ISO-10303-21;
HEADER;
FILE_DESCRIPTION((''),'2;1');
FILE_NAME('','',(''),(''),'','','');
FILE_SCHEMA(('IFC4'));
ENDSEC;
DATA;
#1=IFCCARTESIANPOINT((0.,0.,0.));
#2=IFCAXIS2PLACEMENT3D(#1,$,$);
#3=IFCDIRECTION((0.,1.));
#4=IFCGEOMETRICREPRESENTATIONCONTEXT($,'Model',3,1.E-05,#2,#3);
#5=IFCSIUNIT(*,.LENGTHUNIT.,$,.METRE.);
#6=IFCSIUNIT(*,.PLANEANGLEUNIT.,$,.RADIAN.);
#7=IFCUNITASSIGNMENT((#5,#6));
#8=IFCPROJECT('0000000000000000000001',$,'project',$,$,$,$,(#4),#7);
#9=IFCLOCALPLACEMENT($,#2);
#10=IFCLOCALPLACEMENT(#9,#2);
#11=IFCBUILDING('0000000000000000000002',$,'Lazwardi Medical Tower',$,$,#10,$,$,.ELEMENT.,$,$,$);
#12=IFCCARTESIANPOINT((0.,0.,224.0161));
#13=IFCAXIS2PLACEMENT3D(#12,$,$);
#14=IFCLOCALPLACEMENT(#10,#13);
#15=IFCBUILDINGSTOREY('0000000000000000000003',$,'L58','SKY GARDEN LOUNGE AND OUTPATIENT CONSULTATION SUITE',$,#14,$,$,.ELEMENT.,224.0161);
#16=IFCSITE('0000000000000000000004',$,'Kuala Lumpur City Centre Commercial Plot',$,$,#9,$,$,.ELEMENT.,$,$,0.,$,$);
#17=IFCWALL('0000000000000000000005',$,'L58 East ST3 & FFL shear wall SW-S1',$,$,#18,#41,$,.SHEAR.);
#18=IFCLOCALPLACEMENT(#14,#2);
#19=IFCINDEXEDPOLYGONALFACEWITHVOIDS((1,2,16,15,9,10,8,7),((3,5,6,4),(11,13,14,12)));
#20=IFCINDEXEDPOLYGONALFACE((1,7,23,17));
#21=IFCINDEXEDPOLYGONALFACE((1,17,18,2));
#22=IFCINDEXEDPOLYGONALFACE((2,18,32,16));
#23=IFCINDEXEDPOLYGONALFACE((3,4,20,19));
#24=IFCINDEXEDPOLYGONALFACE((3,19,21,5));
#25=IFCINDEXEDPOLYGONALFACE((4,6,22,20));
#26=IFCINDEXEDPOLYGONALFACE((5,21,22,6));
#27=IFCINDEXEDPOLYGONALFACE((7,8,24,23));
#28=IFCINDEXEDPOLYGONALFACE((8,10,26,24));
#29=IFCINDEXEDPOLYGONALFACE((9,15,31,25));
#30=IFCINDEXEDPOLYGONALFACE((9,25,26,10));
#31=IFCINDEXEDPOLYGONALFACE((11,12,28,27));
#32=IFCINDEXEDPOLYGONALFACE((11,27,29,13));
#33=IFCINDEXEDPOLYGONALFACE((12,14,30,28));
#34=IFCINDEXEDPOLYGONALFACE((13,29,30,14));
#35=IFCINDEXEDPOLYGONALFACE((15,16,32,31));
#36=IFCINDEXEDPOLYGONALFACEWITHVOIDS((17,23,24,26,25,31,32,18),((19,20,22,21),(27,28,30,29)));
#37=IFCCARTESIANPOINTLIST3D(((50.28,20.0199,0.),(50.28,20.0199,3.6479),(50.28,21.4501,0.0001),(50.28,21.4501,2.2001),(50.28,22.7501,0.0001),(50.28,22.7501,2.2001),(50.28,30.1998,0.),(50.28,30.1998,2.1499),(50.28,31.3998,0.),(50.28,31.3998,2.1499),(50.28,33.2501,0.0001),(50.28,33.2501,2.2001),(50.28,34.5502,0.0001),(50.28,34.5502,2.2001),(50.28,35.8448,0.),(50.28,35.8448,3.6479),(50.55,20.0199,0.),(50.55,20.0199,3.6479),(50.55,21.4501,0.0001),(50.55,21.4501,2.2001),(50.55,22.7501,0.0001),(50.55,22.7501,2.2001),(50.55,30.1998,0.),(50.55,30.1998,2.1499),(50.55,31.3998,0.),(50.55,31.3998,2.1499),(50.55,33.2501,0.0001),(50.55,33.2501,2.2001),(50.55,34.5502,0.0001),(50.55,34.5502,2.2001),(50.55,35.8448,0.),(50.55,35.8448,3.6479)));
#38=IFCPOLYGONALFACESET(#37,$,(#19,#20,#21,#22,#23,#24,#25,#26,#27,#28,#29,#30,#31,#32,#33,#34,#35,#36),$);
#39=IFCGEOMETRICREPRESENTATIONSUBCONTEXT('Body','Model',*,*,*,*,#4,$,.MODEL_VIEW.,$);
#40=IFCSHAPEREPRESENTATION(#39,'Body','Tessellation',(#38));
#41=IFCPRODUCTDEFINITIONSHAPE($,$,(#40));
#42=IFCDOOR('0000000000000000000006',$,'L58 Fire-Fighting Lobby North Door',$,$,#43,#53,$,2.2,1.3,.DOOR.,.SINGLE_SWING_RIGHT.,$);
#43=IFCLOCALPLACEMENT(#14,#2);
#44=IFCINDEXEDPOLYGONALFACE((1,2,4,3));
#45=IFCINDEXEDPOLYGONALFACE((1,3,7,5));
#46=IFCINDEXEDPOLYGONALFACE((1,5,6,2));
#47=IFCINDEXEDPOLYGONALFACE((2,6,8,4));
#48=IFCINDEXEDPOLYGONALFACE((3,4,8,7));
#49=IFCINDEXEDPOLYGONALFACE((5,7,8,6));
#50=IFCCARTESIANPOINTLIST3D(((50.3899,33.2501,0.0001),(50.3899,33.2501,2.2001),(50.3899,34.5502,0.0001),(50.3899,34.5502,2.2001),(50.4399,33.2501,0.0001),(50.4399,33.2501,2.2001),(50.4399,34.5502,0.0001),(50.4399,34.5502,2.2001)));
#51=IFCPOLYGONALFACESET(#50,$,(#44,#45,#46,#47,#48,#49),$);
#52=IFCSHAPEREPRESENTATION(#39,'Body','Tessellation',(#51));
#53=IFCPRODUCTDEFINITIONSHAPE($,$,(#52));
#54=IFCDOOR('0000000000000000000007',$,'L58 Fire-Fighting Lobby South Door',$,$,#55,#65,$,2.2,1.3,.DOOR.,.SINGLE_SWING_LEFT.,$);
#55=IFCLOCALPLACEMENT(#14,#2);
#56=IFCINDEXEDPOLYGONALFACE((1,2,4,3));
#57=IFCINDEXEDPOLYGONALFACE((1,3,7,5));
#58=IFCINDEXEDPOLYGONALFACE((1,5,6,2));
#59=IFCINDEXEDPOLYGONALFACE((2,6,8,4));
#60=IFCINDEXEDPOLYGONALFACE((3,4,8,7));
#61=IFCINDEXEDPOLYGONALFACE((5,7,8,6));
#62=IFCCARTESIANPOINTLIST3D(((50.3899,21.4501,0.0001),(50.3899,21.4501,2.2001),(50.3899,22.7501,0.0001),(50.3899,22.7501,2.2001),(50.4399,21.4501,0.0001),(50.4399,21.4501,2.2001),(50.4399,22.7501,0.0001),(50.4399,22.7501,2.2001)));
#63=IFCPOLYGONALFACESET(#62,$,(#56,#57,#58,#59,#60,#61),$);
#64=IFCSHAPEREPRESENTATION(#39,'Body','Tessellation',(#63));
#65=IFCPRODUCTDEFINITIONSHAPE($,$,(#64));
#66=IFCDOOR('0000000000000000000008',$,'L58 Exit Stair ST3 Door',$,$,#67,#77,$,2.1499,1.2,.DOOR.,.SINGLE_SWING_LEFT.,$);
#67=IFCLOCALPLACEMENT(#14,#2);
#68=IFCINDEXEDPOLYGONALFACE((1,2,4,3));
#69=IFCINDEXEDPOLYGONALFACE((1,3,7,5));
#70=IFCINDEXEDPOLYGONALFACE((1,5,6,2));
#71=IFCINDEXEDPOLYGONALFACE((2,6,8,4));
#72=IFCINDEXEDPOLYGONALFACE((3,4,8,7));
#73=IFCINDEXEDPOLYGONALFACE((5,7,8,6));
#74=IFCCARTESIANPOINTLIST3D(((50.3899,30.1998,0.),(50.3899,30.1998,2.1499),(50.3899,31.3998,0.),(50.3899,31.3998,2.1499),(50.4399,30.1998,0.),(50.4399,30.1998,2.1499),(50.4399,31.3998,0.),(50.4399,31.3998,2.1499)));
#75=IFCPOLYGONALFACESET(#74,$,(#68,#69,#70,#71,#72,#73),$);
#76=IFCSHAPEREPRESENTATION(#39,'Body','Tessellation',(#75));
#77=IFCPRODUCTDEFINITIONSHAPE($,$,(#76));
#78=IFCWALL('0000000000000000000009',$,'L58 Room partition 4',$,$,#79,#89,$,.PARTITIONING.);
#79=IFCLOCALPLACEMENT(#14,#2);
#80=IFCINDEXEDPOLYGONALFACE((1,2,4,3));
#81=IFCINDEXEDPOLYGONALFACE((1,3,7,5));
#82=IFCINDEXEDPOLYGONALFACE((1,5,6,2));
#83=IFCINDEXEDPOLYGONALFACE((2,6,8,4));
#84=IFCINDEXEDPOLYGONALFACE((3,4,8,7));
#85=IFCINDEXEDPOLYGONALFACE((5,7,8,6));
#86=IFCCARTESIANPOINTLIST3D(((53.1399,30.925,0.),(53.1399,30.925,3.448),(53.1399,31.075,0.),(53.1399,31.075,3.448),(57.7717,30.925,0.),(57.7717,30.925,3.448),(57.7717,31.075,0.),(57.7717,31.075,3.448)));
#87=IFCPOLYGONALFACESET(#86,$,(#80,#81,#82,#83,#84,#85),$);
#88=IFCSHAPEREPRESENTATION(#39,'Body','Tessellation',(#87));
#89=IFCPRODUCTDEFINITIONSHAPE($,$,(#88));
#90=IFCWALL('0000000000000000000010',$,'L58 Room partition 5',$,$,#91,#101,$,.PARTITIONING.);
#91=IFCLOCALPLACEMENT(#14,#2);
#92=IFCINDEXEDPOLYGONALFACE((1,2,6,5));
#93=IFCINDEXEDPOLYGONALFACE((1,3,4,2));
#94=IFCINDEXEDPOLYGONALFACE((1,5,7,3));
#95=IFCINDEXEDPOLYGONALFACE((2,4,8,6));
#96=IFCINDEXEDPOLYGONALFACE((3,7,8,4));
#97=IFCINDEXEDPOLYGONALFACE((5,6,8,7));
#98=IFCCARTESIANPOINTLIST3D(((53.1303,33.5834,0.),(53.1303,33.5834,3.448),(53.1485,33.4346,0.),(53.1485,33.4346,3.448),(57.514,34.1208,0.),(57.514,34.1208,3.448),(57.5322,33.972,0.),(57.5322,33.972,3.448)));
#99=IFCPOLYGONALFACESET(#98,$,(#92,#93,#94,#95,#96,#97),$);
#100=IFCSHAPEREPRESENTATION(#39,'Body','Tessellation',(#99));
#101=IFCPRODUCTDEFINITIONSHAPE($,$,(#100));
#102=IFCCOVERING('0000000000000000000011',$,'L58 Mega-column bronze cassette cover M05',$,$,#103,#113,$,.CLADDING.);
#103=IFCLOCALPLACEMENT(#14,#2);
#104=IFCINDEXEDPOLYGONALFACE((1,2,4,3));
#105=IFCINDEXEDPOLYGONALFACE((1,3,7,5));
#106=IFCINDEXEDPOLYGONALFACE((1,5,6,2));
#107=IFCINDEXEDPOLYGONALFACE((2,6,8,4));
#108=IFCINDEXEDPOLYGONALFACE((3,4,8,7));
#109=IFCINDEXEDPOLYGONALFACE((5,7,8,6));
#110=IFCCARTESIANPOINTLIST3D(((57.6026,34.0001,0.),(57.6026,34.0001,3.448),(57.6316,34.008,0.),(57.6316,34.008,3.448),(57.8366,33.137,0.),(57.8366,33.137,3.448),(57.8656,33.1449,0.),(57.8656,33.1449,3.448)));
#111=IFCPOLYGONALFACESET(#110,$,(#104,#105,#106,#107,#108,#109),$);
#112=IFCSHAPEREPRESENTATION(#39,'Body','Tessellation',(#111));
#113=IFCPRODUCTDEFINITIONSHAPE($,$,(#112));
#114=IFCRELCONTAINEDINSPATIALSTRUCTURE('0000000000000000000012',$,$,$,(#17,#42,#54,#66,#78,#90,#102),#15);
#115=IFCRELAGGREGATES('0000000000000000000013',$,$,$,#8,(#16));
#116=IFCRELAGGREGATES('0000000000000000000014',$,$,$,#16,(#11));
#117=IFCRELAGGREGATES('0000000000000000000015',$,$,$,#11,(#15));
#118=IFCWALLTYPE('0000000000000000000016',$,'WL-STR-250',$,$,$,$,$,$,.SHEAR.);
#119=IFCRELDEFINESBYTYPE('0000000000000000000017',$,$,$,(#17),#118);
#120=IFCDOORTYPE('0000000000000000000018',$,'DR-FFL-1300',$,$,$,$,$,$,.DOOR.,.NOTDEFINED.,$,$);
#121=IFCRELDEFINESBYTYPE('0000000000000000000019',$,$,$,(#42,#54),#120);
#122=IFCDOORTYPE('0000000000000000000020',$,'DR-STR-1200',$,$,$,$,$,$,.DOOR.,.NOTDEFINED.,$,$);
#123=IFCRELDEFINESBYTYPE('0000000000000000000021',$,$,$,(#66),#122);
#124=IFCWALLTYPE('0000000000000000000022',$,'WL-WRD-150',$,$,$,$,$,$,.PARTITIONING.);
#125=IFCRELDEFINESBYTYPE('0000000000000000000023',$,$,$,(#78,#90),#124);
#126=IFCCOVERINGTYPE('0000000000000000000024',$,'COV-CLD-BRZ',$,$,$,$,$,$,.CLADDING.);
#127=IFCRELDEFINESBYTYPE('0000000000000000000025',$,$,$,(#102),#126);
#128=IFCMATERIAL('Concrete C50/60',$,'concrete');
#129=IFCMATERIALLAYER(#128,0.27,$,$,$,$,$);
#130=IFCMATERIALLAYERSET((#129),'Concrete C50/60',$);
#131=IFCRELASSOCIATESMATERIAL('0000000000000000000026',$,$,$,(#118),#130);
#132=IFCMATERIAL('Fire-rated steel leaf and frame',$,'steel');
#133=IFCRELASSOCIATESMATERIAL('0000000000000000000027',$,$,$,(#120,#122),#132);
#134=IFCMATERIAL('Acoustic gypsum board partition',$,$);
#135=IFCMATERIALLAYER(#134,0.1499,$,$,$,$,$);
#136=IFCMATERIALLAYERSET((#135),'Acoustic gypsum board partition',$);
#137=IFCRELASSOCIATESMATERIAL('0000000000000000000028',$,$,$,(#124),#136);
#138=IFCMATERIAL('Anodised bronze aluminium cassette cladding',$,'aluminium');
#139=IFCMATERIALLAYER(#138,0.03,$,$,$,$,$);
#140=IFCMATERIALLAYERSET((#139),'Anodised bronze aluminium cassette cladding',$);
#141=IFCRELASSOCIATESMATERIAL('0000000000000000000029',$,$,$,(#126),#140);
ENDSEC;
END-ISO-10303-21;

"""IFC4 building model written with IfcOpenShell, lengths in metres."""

from ifc_helpers import new_model, si_unit, direction, frame, frame_2d, origin, origin_2d, place, context, subcontext, project, spatial, rectangle, extrude, material, layer, layer_set, type_object, element, fill, save


model = new_model("IFC4")

# Units and contexts
model_context = context("Model", 3, precision=1e-05, world=origin(), true_north=direction((0.0, 1.0)))
body_context = subcontext(model_context, "Body", "Model", "MODEL_VIEW")
ifc_project = project(units=[si_unit("LENGTHUNIT", "METRE"), si_unit("PLANEANGLEUNIT", "RADIAN")], contexts=[model_context])

# Site, building, storey
site_placement = place(None, origin())
site = spatial("IfcSite", under=ifc_project, at=site_placement, Name="Kuala Lumpur City Centre Commercial Plot", CompositionType="ELEMENT", RefElevation=0.0)
building_placement = place(site_placement, origin())
building = spatial("IfcBuilding", under=site, at=building_placement, Name="Lazwardi Medical Tower", CompositionType="ELEMENT")
storey_placement = place(building_placement, frame((0.0, 0.0, 224.0161)))
storey = spatial("IfcBuildingStorey", under=building, at=storey_placement, Name="L58", Description="SKY GARDEN LOUNGE AND OUTPATIENT CONSULTATION SUITE", CompositionType="ELEMENT", Elevation=224.0161)

# Wall, openings, doors
ifc_material_1 = material(Name="Concrete C50/60", Category="concrete")
ifc_layer_1 = layer(ifc_material_1, 0.27)
ifc_layer_set_1 = layer_set([ifc_layer_1], Name="Concrete C50/60")
wall_type_1 = type_object("IfcWallType", Name="WL-STR-250", PredefinedType="SHEAR", material=ifc_layer_set_1)
wall_1_placement = place(storey_placement, frame((50.415, 35.845, 0.0), z_axis=(0.0, 0.0, 1.0), x_axis=(0.0, -1.0, 0.0)))
wall_1 = element("IfcWall", 1, at=wall_1_placement, inside=storey, type_object=wall_type_1, Name="L58 East ST3 & FFL shear wall SW-S1", PredefinedType="SHEAR", context=body_context, shape_type="SweptSolid", body=[
    extrude(rectangle(XDim=15.825, YDim=0.27, at=frame_2d((7.9126, 0.0))), origin(), (0.0, 0.0, 1.0), 3.6479),
])
opening_1_placement = place(wall_1_placement, frame((4.4451, 0.0, 0.0)))
opening_1 = element("IfcOpeningElement", 2, at=opening_1_placement, cuts=wall_1, PredefinedType="OPENING", context=body_context, shape_type="SweptSolid", body=[
    extrude(rectangle(XDim=1.2, YDim=2.1499, at=frame_2d((0.6001, 1.075))), frame((0.0, 0.145, 0.0), z_axis=(0.0, -1.0, 0.0), x_axis=(1.0, 0.0, 0.0)), (0.0, 0.0, 1.0), 0.29),
])
opening_2_placement = place(wall_1_placement, frame((1.2949, 0.0, 0.0)))
opening_2 = element("IfcOpeningElement", 3, at=opening_2_placement, cuts=wall_1, PredefinedType="OPENING", context=body_context, shape_type="SweptSolid", body=[
    extrude(rectangle(XDim=1.3, YDim=2.2, at=frame_2d((0.6499, 1.1001))), frame((0.0, 0.145, 0.0), z_axis=(0.0, -1.0, 0.0), x_axis=(1.0, 0.0, 0.0)), (0.0, 0.0, 1.0), 0.29),
])
opening_3_placement = place(wall_1_placement, frame((13.095, 0.0, 0.0)))
opening_3 = element("IfcOpeningElement", 4, at=opening_3_placement, cuts=wall_1, PredefinedType="OPENING", context=body_context, shape_type="SweptSolid", body=[
    extrude(rectangle(XDim=1.3, YDim=2.2, at=frame_2d((0.6499, 1.1001))), frame((0.0, 0.145, 0.0), z_axis=(0.0, -1.0, 0.0), x_axis=(1.0, 0.0, 0.0)), (0.0, 0.0, 1.0), 0.29),
])
ifc_material_2 = material(Name="Fire-rated steel leaf and frame", Category="steel")
door_type_1 = type_object("IfcDoorType", Name="DR-FFL-1300", OperationType="NOTDEFINED", PredefinedType="DOOR", material=ifc_material_2)
door_1_placement = place(opening_2_placement, origin())
door_1 = element("IfcDoor", 5, at=door_1_placement, inside=storey, type_object=door_type_1, Name="L58 Fire-Fighting Lobby North Door", OperationType="SINGLE_SWING_RIGHT", OverallHeight=2.2, OverallWidth=1.3, PredefinedType="DOOR", context=body_context, shape_type="SweptSolid", body=[
    extrude(rectangle(XDim=1.3, YDim=2.2, at=frame_2d((0.6499, 1.1001))), frame((0.0, 0.0249, 0.0), z_axis=(0.0, -1.0, 0.0), x_axis=(1.0, 0.0, 0.0)), (0.0, 0.0, 1.0), 0.05),
])
fill(opening_2, door_1)
door_2_placement = place(opening_3_placement, origin())
door_2 = element("IfcDoor", 6, at=door_2_placement, inside=storey, type_object=door_type_1, Name="L58 Fire-Fighting Lobby South Door", OperationType="SINGLE_SWING_LEFT", OverallHeight=2.2, OverallWidth=1.3, PredefinedType="DOOR", context=body_context, shape_type="SweptSolid", body=[
    extrude(rectangle(XDim=1.3, YDim=2.2, at=frame_2d((0.6499, 1.1001))), frame((0.0, 0.0249, 0.0), z_axis=(0.0, -1.0, 0.0), x_axis=(1.0, 0.0, 0.0)), (0.0, 0.0, 1.0), 0.05),
])
fill(opening_3, door_2)
door_type_2 = type_object("IfcDoorType", Name="DR-STR-1200", OperationType="NOTDEFINED", PredefinedType="DOOR", material=ifc_material_2)
door_3_placement = place(opening_1_placement, origin())
door_3 = element("IfcDoor", 7, at=door_3_placement, inside=storey, type_object=door_type_2, Name="L58 Exit Stair ST3 Door", OperationType="SINGLE_SWING_LEFT", OverallHeight=2.1499, OverallWidth=1.2, PredefinedType="DOOR", context=body_context, shape_type="SweptSolid", body=[
    extrude(rectangle(XDim=1.2, YDim=2.1499, at=frame_2d((0.6001, 1.075))), frame((0.0, 0.0249, 0.0), z_axis=(0.0, -1.0, 0.0), x_axis=(1.0, 0.0, 0.0)), (0.0, 0.0, 1.0), 0.05),
])
fill(opening_1, door_3)

# Walls
ifc_material_3 = material(Name="Acoustic gypsum board partition")
ifc_layer_2 = layer(ifc_material_3, 0.1499)
ifc_layer_set_2 = layer_set([ifc_layer_2], Name="Acoustic gypsum board partition")
wall_type_2 = type_object("IfcWallType", Name="WL-WRD-150", PredefinedType="PARTITIONING", material=ifc_layer_set_2)
wall_2_placement = place(storey_placement, frame((53.1399, 31.0, 0.0), z_axis=(0.0, 0.0, 1.0), x_axis=(1.0, 0.0, 0.0)))
element("IfcWall", 8, at=wall_2_placement, inside=storey, type_object=wall_type_2, Name="L58 Room partition 4", PredefinedType="PARTITIONING", context=body_context, shape_type="SweptSolid", body=[
    extrude(rectangle(XDim=4.6318, YDim=0.1499, at=frame_2d((2.3159, 0.0))), origin(), (0.0, 0.0, 1.0), 3.448),
])
wall_3_placement = place(storey_placement, frame((53.1394, 33.509, 0.0), z_axis=(0.0, 0.0, 1.0), x_axis=(0.992571, 0.121667, 0.0)))
element("IfcWall", 9, at=wall_3_placement, inside=storey, type_object=wall_type_2, Name="L58 Room partition 5", PredefinedType="PARTITIONING", context=body_context, shape_type="SweptSolid", body=[
    extrude(rectangle(XDim=4.4165, YDim=0.1499, at=frame_2d((2.2083, 0.0))), origin(), (0.0, 0.0, 1.0), 3.448),
])

# Covering
ifc_material_4 = material(Name="Anodised bronze aluminium cassette cladding", Category="aluminium")
ifc_layer_3 = layer(ifc_material_4, 0.03)
ifc_layer_set_3 = layer_set([ifc_layer_3], Name="Anodised bronze aluminium cassette cladding")
covering_type = type_object("IfcCoveringType", Name="COV-CLD-BRZ", PredefinedType="CLADDING", material=ifc_layer_set_3)
covering_placement = place(storey_placement, frame((57.7341, 33.5725, 0.0), z_axis=(0.0, 0.0, 1.0), x_axis=(-0.261642, 0.965165, 0.0)))
element("IfcCovering", 10, at=covering_placement, inside=storey, type_object=covering_type, Name="L58 Mega-column bronze cassette cover M05", PredefinedType="CLADDING", context=body_context, shape_type="SweptSolid", body=[
    extrude(rectangle(XDim=0.8943, YDim=0.03, at=origin_2d()), origin(), (0.0, 0.0, 1.0), 3.448),
])

save(model, "model.ifc")
